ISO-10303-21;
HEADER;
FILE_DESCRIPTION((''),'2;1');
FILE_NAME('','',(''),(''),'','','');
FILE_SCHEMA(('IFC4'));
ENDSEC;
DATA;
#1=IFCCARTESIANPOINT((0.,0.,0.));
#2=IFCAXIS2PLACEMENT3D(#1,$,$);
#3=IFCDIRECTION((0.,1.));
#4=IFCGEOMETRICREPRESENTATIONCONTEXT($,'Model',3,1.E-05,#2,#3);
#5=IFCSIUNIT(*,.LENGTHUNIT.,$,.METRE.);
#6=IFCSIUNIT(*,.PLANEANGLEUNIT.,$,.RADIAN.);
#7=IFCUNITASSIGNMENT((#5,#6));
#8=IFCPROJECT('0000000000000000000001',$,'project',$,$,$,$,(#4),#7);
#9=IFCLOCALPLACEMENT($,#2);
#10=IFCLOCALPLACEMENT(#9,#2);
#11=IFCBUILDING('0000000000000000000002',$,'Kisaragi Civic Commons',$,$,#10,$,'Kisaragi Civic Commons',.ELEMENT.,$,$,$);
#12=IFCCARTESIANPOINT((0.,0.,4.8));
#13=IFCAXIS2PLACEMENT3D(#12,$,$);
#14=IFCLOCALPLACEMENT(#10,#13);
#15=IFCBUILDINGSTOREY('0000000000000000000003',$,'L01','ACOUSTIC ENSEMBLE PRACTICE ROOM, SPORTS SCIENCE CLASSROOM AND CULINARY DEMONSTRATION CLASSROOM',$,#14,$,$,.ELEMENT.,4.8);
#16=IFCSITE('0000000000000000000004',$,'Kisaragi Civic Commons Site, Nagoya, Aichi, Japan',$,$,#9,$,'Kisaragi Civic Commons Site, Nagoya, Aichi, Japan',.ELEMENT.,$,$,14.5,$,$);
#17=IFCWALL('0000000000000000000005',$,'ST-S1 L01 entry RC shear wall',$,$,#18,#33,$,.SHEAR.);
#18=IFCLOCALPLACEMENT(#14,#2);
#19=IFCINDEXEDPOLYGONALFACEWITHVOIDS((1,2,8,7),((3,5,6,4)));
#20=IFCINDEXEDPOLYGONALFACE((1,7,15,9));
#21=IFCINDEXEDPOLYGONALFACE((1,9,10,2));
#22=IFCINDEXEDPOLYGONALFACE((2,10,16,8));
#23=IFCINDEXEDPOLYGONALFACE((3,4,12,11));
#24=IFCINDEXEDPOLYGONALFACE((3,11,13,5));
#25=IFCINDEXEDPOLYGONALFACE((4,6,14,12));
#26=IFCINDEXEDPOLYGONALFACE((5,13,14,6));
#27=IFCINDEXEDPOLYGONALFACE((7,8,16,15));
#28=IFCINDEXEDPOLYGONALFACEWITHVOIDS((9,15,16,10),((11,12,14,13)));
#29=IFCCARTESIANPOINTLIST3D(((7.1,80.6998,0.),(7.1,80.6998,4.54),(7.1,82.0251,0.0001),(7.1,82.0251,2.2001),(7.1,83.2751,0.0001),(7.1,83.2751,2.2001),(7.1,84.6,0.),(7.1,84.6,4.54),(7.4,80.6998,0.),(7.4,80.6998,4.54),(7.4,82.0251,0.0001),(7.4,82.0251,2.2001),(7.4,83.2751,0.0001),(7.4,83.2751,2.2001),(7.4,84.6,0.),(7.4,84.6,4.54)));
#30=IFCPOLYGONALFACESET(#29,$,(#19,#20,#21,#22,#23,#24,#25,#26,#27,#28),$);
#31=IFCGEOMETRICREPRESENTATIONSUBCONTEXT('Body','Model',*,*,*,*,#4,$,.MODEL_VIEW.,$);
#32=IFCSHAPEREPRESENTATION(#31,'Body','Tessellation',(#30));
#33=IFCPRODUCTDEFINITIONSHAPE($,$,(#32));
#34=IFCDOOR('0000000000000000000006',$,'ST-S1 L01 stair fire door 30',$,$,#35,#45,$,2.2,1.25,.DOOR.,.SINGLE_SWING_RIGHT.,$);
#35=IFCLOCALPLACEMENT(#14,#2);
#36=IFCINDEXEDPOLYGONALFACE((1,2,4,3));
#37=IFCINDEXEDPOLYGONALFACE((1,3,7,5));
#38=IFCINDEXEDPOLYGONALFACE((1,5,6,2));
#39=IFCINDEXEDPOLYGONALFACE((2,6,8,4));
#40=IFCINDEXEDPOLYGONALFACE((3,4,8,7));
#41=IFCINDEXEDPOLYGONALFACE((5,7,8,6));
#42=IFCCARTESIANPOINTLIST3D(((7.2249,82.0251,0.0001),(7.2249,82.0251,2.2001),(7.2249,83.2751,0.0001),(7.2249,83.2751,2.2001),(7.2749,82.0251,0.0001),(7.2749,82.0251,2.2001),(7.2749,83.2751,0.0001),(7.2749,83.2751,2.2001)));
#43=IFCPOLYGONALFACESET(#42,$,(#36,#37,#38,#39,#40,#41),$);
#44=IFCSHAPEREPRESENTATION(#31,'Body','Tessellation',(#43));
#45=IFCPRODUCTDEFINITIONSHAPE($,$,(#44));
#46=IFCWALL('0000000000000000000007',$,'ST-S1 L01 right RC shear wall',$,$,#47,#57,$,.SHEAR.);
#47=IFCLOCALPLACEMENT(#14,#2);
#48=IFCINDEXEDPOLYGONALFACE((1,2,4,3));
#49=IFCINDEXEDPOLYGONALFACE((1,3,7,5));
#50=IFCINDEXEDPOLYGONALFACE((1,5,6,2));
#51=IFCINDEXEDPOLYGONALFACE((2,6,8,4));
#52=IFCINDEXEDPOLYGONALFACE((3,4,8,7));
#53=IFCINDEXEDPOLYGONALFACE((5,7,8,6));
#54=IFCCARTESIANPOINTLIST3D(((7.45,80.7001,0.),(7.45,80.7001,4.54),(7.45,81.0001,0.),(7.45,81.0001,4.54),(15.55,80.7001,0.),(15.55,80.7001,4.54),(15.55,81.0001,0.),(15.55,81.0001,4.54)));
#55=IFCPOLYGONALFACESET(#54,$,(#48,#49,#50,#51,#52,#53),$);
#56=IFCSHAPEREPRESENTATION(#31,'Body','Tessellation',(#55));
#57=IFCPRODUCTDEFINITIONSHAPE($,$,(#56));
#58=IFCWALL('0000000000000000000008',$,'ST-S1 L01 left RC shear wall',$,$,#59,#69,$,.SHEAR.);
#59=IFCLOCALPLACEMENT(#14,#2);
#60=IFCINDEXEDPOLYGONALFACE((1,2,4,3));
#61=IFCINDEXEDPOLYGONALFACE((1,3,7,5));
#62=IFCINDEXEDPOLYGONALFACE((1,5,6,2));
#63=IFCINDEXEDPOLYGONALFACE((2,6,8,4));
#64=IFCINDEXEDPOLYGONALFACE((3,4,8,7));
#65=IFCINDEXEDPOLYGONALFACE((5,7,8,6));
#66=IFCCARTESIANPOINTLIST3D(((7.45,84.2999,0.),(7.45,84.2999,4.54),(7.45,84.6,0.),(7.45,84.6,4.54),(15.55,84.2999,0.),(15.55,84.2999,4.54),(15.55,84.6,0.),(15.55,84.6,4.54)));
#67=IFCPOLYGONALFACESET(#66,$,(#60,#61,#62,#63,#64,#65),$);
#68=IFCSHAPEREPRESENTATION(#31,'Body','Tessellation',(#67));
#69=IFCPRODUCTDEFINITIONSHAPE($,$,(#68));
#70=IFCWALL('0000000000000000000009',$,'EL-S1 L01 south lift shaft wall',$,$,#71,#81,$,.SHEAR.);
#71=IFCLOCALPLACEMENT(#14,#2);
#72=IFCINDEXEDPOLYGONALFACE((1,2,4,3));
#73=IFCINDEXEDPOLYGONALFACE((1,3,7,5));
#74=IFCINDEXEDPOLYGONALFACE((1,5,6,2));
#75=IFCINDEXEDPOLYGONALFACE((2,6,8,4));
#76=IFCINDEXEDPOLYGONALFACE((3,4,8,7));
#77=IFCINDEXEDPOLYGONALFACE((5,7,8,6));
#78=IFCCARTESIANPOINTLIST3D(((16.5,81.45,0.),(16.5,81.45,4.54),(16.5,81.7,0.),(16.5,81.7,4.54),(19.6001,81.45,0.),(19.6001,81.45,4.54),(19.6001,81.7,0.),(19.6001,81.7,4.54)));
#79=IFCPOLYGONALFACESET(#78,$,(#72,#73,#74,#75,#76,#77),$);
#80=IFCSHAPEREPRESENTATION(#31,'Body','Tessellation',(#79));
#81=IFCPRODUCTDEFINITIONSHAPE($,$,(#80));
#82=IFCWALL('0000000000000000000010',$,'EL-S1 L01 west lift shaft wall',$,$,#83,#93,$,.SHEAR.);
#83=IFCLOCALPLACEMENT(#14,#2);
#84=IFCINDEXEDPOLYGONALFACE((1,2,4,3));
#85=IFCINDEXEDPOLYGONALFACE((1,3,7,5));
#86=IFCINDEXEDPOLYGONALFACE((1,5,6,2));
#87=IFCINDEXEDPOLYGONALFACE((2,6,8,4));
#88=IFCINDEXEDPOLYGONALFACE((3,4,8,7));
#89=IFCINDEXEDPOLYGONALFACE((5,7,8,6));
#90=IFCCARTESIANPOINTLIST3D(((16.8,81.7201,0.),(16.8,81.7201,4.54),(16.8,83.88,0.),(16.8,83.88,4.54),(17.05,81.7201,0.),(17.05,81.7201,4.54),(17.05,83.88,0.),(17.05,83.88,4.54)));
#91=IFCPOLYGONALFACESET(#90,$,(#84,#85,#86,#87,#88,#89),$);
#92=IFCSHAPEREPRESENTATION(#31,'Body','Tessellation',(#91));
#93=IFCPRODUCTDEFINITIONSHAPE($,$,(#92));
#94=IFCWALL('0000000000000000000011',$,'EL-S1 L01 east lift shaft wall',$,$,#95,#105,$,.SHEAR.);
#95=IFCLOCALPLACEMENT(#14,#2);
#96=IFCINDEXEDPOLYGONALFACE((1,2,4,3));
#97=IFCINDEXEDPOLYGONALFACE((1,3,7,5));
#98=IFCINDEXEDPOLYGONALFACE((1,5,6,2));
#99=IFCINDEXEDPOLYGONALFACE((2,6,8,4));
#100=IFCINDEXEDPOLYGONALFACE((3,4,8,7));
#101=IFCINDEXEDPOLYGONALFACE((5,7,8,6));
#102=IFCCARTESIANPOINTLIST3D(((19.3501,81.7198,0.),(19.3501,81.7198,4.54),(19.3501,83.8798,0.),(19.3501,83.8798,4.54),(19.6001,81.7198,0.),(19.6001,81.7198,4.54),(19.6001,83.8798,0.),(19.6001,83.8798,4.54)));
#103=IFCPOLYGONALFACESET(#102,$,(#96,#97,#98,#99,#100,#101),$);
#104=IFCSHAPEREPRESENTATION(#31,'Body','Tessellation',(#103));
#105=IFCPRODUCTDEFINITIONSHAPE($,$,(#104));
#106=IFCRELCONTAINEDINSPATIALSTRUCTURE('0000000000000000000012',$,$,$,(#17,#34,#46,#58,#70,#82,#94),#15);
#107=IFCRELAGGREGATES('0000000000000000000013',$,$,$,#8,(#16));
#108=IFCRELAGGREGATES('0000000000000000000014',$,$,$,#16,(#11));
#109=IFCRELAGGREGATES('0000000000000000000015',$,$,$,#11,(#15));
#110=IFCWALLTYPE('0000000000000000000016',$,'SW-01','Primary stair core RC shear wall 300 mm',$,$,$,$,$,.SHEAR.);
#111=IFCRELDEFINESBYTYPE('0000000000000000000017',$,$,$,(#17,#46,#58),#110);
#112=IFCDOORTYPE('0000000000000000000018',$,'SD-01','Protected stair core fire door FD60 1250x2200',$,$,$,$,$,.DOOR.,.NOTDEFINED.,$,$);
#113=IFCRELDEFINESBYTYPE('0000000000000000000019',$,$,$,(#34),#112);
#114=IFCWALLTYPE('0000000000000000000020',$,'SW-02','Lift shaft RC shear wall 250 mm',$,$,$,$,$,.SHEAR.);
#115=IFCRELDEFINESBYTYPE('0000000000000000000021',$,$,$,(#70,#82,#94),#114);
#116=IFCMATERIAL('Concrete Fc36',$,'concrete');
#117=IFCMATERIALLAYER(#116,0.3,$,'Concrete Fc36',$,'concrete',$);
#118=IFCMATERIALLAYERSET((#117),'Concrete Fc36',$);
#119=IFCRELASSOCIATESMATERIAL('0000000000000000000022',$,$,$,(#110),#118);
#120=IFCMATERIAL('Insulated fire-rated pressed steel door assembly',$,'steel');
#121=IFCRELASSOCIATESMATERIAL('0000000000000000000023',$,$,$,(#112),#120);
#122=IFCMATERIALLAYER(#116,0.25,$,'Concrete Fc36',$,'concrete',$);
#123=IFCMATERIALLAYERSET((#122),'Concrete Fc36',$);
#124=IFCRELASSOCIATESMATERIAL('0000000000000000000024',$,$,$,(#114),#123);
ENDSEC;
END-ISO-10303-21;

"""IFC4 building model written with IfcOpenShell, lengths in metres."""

from ifc_helpers import new_model, si_unit, direction, frame, frame_2d, origin, place, context, subcontext, project, spatial, rectangle, extrude, material, layer, layer_set, type_object, element, fill, save


model = new_model("IFC4")

# Units and contexts
model_context = context("Model", 3, precision=1e-05, world=origin(), true_north=direction((0.0, 1.0)))
body_context = subcontext(model_context, "Body", "Model", "MODEL_VIEW")
ifc_project = project(units=[si_unit("LENGTHUNIT", "METRE"), si_unit("PLANEANGLEUNIT", "RADIAN")], contexts=[model_context])

# Site, building, storey
site_placement = place(None, origin())
site = spatial("IfcSite", under=ifc_project, at=site_placement, Name="Kisaragi Civic Commons Site, Nagoya, Aichi, Japan", LongName="Kisaragi Civic Commons Site, Nagoya, Aichi, Japan", CompositionType="ELEMENT", RefElevation=14.5)
building_placement = place(site_placement, origin())
building = spatial("IfcBuilding", under=site, at=building_placement, Name="Kisaragi Civic Commons", LongName="Kisaragi Civic Commons", CompositionType="ELEMENT")
storey_placement = place(building_placement, frame((0.0, 0.0, 4.8)))
storey = spatial("IfcBuildingStorey", under=building, at=storey_placement, Name="L01", Description="ACOUSTIC ENSEMBLE PRACTICE ROOM, SPORTS SCIENCE CLASSROOM AND CULINARY DEMONSTRATION CLASSROOM", CompositionType="ELEMENT", Elevation=4.8)

# Shared definitions
ifc_material_1 = material(Name="Concrete Fc36", Category="concrete")

# Wall, opening, door
ifc_layer_1 = layer(ifc_material_1, 0.3, Name="Concrete Fc36", Category="concrete")
ifc_layer_set_1 = layer_set([ifc_layer_1], Name="Concrete Fc36")
wall_type_1 = type_object("IfcWallType", Name="SW-01", Description="Primary stair core RC shear wall 300 mm", PredefinedType="SHEAR", material=ifc_layer_set_1)
wall_1_placement = place(storey_placement, frame((7.25, 84.6001, 0.0), z_axis=(0.0, 0.0, 1.0), x_axis=(0.0, -1.0, 0.0)))
wall_1 = element("IfcWall", 1, at=wall_1_placement, inside=storey, type_object=wall_type_1, Name="ST-S1 L01 entry RC shear wall", PredefinedType="SHEAR", context=body_context, shape_type="SweptSolid", body=[
    extrude(rectangle(XDim=3.9001, YDim=0.3, at=frame_2d((1.9502, 0.0))), origin(), (0.0, 0.0, 1.0), 4.54),
])
opening_1_placement = place(wall_1_placement, frame((1.325, 0.0, 0.0)))
opening_1 = element("IfcOpeningElement", 2, at=opening_1_placement, cuts=wall_1, PredefinedType="OPENING", context=body_context, shape_type="SweptSolid", body=[
    extrude(rectangle(XDim=1.25, YDim=2.2, at=frame_2d((0.625, 1.1001))), frame((0.0, 0.1599, 0.0), z_axis=(0.0, -1.0, 0.0), x_axis=(1.0, 0.0, 0.0)), (0.0, 0.0, 1.0), 0.3201),
])
ifc_material_2 = material(Name="Insulated fire-rated pressed steel door assembly", Category="steel")
door_type_1 = type_object("IfcDoorType", Name="SD-01", Description="Protected stair core fire door FD60 1250x2200", OperationType="NOTDEFINED", PredefinedType="DOOR", material=ifc_material_2)
door_1_placement = place(opening_1_placement, origin())
door_1 = element("IfcDoor", 3, at=door_1_placement, inside=storey, type_object=door_type_1, Name="ST-S1 L01 stair fire door 30", OperationType="SINGLE_SWING_RIGHT", OverallHeight=2.2, OverallWidth=1.25, PredefinedType="DOOR", context=body_context, shape_type="SweptSolid", body=[
    extrude(rectangle(XDim=1.25, YDim=2.2, at=frame_2d((0.625, 1.1001))), frame((0.0, 0.0249, 0.0), z_axis=(0.0, -1.0, 0.0), x_axis=(1.0, 0.0, 0.0)), (0.0, 0.0, 1.0), 0.05),
])
fill(opening_1, door_1)

# Walls
for number, where, z_axis, x_axis, name in (
    (4, (7.45, 80.8501, 0.0), (0.0, 0.0, 1.0), (1.0, 0.0, 0.0), "ST-S1 L01 right RC shear wall"),
    (5, (15.55, 84.45, 0.0), (0.0, 0.0, 1.0), (-1.0, 0.0, 0.0), "ST-S1 L01 left RC shear wall"),
):
    element("IfcWall", number, at=place(storey_placement, frame(where, z_axis=z_axis, x_axis=x_axis)), inside=storey, type_object=wall_type_1, Name=name, PredefinedType="SHEAR", context=body_context, shape_type="SweptSolid", body=[
        extrude(rectangle(XDim=8.1001, YDim=0.3, at=frame_2d((4.05, 0.0))), origin(), (0.0, 0.0, 1.0), 4.54),
    ])
ifc_layer_2 = layer(ifc_material_1, 0.25, Name="Concrete Fc36", Category="concrete")
ifc_layer_set_2 = layer_set([ifc_layer_2], Name="Concrete Fc36")
wall_type_2 = type_object("IfcWallType", Name="SW-02", Description="Lift shaft RC shear wall 250 mm", PredefinedType="SHEAR", material=ifc_layer_set_2)
wall_2_placement = place(storey_placement, frame((19.6001, 81.575, 0.0), z_axis=(0.0, 0.0, 1.0), x_axis=(-1.0, 0.0, 0.0)))
element("IfcWall", 6, at=wall_2_placement, inside=storey, type_object=wall_type_2, Name="EL-S1 L01 south lift shaft wall", PredefinedType="SHEAR", context=body_context, shape_type="SweptSolid", body=[
    extrude(rectangle(XDim=3.1001, YDim=0.25, at=frame_2d((1.55, 0.0))), origin(), (0.0, 0.0, 1.0), 4.54),
])
wall_3_placement = place(storey_placement, frame((16.925, 81.72, 0.0), z_axis=(0.0, 0.0, 1.0), x_axis=(0.0, 1.0, 0.0)))
element("IfcWall", 7, at=wall_3_placement, inside=storey, type_object=wall_type_2, Name="EL-S1 L01 west lift shaft wall", PredefinedType="SHEAR", context=body_context, shape_type="SweptSolid", body=[
    extrude(rectangle(XDim=2.1599, YDim=0.25, at=frame_2d((1.0801, 0.0))), origin(), (0.0, 0.0, 1.0), 4.54),
])

# Wall
wall_4_placement = place(storey_placement, frame((19.4751, 83.8799, 0.0), z_axis=(0.0, 0.0, 1.0), x_axis=(0.0, -1.0, 0.0)))
element("IfcWall", 8, at=wall_4_placement, inside=storey, type_object=wall_type_2, Name="EL-S1 L01 east lift shaft wall", PredefinedType="SHEAR", context=body_context, shape_type="SweptSolid", body=[
    extrude(rectangle(XDim=2.1599, YDim=0.25, at=frame_2d((1.0801, 0.0))), origin(), (0.0, 0.0, 1.0), 4.54),
])

save(model, "model.ifc")
